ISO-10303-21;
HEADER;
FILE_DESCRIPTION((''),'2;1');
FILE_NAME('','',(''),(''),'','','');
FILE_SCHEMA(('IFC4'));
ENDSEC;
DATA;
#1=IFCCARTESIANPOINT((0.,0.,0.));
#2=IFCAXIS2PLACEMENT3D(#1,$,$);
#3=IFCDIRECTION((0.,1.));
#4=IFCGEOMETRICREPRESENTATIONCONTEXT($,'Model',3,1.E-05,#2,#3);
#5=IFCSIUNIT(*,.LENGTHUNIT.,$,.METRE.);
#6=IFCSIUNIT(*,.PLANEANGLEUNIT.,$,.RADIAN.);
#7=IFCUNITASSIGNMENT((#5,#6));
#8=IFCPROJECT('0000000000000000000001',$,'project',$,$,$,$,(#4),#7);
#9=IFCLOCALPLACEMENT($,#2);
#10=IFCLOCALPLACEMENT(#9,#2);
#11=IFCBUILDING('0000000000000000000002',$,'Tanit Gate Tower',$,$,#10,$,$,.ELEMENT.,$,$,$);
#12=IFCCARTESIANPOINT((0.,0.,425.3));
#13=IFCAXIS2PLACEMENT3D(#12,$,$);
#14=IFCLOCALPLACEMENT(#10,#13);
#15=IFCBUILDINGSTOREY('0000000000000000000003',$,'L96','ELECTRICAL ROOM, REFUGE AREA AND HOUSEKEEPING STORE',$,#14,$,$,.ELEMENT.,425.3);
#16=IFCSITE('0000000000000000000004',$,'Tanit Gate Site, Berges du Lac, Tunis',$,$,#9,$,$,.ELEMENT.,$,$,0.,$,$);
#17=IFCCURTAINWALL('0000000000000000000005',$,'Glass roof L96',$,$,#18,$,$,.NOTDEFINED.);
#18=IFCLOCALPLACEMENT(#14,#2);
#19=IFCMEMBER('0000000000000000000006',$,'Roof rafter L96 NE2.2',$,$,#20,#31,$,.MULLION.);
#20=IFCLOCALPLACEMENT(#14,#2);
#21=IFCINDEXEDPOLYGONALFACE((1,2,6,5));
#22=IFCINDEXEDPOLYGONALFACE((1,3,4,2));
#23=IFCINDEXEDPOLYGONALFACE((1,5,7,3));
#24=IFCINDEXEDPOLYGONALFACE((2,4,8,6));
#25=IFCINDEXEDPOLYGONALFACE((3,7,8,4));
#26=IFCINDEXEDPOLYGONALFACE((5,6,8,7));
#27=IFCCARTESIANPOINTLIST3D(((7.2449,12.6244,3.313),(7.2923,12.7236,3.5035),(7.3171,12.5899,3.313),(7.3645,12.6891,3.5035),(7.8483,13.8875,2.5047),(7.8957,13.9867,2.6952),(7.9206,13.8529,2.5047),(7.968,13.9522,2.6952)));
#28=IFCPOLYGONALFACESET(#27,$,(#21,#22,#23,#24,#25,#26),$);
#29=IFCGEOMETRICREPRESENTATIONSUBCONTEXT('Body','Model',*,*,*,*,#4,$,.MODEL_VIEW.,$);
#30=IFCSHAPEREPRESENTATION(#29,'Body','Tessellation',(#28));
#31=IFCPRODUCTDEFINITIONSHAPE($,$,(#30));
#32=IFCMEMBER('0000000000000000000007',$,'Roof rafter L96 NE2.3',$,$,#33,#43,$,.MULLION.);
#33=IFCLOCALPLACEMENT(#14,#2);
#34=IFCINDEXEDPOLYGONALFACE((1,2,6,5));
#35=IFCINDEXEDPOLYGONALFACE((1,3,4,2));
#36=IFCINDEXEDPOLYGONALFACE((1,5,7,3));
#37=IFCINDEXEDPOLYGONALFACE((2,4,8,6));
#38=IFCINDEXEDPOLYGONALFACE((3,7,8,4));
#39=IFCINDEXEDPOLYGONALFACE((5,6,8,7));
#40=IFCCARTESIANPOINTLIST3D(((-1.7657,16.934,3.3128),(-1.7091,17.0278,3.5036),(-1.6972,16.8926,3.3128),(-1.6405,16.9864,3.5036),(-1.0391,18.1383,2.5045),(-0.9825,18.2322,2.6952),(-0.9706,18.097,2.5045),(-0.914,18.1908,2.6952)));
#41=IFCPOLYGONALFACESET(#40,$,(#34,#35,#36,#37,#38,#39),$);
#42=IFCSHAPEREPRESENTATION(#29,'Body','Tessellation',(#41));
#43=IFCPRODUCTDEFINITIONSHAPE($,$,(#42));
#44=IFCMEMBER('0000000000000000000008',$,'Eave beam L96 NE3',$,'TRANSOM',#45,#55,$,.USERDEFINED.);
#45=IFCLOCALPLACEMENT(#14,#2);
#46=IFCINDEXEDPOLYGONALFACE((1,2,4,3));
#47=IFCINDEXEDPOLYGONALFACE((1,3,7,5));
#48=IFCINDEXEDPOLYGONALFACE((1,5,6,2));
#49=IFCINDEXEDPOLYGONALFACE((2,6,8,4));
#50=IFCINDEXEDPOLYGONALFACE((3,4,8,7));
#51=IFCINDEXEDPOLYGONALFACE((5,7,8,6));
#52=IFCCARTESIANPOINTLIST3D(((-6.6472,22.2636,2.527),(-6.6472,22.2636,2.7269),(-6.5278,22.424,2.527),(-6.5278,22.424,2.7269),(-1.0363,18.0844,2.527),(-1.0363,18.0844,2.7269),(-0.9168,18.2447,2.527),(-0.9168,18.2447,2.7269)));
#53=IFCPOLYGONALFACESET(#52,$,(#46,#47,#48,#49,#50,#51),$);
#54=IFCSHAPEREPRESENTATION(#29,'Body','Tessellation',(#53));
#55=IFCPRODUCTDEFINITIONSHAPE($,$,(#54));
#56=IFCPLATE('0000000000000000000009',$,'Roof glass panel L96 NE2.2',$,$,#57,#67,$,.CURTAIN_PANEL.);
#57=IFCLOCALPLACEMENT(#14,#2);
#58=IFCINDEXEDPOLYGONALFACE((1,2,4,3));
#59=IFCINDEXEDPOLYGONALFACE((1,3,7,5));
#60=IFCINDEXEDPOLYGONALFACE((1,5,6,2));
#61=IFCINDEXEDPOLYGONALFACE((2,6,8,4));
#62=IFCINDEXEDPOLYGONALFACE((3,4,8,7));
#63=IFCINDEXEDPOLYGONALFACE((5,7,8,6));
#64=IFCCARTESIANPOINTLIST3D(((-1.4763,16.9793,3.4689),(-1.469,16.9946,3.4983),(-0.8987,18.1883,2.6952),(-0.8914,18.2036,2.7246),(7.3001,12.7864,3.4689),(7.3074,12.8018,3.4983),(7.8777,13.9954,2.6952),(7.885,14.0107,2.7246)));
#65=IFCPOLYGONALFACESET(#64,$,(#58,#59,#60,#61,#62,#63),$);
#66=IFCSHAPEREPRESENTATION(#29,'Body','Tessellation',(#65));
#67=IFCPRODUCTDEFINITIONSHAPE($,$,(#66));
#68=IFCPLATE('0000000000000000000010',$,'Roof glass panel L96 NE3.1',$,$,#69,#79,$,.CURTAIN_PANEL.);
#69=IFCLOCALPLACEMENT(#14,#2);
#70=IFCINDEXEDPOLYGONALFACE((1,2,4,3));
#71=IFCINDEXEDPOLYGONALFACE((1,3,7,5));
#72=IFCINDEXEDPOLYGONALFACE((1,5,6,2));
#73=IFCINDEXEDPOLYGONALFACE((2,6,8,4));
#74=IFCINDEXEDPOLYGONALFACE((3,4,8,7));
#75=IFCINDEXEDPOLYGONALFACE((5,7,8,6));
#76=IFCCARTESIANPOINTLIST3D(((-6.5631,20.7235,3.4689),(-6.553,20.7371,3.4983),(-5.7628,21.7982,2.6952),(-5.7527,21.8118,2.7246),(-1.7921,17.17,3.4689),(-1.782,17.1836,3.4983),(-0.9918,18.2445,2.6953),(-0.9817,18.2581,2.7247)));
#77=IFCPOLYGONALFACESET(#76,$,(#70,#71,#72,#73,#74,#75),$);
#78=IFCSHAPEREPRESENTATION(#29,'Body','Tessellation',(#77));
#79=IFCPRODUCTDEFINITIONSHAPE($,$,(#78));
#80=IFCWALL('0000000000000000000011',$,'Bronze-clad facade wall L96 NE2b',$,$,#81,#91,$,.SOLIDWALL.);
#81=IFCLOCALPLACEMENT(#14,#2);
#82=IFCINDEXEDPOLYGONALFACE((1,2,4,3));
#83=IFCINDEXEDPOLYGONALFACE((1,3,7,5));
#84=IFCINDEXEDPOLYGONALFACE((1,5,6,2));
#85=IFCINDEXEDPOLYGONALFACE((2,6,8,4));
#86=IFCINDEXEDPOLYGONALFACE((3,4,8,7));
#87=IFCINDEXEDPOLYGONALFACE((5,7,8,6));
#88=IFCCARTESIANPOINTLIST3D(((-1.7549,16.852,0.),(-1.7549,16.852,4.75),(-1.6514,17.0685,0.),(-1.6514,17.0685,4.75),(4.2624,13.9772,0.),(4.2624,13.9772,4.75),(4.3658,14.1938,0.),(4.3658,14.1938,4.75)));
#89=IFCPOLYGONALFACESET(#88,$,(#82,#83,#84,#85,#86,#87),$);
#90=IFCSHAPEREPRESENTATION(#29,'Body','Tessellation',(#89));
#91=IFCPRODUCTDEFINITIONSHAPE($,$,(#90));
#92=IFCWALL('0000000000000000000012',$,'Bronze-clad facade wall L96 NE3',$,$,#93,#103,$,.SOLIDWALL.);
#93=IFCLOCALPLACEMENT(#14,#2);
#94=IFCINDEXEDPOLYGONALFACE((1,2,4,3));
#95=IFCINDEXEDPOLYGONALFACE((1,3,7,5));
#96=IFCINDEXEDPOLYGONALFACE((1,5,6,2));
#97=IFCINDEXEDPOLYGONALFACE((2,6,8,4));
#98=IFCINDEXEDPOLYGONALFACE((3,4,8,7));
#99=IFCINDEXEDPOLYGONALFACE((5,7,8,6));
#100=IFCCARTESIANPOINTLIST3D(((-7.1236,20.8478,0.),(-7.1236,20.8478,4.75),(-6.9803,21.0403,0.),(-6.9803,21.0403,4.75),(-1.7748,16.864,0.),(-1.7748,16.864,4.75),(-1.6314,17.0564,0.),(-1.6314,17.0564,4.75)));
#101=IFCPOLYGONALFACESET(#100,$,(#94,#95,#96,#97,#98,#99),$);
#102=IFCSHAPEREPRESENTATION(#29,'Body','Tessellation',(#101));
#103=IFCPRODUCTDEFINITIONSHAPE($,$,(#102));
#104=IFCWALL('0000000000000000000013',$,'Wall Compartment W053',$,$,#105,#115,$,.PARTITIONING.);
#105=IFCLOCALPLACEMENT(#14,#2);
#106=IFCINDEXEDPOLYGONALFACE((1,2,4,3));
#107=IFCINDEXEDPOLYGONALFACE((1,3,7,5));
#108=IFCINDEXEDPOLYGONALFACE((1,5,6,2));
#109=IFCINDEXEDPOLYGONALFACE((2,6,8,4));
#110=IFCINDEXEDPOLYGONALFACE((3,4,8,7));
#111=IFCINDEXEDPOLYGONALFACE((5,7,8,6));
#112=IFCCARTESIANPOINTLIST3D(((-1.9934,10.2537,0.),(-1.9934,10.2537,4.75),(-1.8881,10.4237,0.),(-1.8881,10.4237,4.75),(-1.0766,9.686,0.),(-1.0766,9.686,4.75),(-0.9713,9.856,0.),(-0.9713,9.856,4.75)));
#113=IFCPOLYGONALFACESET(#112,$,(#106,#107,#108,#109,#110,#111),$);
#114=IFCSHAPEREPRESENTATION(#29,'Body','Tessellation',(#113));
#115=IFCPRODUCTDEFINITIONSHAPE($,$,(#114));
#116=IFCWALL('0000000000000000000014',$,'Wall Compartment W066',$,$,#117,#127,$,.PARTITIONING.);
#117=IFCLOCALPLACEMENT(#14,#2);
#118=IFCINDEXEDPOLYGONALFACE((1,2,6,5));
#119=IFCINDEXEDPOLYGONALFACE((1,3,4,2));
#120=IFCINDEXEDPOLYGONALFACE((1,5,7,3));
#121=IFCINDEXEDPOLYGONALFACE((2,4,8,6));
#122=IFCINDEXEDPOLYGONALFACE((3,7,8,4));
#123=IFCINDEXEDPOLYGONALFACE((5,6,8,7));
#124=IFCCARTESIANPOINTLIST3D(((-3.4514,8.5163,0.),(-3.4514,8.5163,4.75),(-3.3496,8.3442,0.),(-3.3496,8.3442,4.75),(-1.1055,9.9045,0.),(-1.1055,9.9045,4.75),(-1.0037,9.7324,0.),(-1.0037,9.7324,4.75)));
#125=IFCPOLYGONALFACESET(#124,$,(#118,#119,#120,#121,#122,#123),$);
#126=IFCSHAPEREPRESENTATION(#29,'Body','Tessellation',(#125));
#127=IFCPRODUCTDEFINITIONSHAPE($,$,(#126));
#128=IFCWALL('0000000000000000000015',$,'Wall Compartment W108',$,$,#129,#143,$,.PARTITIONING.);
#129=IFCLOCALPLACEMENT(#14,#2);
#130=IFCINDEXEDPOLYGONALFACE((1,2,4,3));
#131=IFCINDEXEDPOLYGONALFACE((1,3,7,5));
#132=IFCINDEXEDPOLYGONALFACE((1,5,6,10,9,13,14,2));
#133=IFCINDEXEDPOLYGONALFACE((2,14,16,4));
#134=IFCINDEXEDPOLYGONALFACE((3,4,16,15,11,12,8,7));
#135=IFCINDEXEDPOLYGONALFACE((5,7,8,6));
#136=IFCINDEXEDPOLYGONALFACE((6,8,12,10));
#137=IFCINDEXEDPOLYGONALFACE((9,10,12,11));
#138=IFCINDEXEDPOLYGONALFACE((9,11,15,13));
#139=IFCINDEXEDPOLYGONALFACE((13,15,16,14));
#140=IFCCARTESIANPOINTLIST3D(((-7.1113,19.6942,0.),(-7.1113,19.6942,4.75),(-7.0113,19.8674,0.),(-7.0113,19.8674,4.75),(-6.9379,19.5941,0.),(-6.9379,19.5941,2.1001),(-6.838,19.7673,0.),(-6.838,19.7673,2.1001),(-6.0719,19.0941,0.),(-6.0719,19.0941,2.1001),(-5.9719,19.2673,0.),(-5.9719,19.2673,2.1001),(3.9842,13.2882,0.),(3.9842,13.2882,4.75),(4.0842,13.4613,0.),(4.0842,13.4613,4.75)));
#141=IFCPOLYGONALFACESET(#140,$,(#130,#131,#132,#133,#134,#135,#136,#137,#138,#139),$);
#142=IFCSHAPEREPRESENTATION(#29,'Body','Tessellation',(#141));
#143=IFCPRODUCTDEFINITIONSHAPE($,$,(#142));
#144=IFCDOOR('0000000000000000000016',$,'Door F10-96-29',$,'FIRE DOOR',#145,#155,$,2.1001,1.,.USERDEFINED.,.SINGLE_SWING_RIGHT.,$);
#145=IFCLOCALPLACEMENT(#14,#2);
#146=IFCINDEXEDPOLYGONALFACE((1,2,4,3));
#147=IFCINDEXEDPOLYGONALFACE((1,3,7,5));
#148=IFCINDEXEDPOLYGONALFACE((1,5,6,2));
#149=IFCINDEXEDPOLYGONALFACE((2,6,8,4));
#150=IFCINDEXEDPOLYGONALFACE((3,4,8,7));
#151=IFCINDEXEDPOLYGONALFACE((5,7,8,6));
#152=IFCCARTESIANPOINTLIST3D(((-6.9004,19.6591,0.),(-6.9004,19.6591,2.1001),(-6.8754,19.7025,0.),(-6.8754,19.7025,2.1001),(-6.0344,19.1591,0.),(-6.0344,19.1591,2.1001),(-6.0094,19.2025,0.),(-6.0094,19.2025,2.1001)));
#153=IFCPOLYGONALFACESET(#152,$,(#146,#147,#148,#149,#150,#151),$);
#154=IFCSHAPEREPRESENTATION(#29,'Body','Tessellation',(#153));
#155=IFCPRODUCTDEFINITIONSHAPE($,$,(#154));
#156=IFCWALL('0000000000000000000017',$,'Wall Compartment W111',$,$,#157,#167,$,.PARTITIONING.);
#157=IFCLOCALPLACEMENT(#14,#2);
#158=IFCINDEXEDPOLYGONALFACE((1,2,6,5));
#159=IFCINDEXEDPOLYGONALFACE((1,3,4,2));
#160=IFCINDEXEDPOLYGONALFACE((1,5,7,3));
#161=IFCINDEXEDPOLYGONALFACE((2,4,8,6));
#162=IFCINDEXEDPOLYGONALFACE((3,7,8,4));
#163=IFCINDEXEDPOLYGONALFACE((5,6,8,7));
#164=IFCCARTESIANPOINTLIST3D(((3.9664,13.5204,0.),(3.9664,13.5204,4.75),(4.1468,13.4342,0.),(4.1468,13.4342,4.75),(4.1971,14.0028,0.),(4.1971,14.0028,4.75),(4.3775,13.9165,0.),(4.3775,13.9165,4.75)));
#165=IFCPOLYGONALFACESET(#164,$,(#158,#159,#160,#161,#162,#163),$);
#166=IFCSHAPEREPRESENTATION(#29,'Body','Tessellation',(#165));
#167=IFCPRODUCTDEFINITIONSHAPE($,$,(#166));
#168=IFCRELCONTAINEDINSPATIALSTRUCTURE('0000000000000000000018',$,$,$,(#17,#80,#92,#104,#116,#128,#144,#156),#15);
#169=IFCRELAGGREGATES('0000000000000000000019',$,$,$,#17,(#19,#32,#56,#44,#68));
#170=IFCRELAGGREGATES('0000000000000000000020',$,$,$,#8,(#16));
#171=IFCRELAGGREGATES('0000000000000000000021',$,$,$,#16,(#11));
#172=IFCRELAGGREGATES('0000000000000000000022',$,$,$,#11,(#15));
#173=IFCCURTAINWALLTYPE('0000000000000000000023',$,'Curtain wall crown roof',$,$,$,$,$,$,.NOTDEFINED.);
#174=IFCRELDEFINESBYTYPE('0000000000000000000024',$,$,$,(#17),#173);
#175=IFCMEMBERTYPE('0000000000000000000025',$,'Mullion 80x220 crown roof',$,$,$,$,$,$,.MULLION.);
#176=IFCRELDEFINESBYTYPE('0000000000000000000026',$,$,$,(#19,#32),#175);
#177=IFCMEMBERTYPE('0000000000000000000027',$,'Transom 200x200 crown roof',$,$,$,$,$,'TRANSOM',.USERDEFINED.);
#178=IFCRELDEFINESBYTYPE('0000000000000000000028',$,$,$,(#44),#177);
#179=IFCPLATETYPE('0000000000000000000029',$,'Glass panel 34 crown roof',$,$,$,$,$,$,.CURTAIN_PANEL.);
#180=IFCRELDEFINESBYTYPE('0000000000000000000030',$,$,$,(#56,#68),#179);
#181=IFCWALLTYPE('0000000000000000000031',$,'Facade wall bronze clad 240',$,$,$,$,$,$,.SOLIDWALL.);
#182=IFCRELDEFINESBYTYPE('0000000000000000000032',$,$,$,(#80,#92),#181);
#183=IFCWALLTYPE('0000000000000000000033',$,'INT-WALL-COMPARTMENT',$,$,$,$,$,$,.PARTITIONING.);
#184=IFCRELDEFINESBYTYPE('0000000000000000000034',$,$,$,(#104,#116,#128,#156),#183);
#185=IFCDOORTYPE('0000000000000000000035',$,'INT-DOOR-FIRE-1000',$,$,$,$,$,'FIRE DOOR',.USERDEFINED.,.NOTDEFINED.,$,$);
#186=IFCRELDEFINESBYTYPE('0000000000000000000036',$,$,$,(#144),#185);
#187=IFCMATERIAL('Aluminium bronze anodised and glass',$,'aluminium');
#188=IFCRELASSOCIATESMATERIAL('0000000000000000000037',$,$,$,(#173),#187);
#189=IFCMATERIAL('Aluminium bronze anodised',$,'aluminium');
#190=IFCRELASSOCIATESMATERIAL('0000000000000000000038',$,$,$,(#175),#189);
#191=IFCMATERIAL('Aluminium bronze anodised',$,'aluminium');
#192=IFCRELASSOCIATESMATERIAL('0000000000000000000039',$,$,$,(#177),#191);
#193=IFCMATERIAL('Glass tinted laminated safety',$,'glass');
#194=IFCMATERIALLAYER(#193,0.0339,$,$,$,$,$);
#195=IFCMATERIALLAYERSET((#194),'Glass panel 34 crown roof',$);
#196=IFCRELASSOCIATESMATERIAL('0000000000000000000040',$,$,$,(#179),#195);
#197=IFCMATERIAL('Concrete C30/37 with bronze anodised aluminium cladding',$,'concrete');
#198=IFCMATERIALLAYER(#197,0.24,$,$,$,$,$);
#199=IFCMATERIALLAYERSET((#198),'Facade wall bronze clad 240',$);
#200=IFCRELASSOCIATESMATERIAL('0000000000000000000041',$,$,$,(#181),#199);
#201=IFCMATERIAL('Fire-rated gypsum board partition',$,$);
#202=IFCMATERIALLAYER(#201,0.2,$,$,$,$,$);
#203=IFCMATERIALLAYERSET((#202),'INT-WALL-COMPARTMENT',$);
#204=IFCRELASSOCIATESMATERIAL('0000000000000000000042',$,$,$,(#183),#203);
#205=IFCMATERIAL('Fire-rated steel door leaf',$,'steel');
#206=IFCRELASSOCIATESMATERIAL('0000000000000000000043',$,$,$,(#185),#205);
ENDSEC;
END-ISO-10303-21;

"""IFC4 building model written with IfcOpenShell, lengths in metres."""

from ifc_helpers import new_model, si_unit, direction, frame, frame_2d, origin, origin_2d, place, context, subcontext, project, spatial, polyline, rectangle, outline, extrude, material, layer, layer_set, material_profile, profile_set, type_object, element, fill, aggregate, save


model = new_model("IFC4")

# Units and contexts
model_context = context("Model", 3, precision=1e-05, world=origin(), true_north=direction((0.0, 1.0)))
body_context = subcontext(model_context, "Body", "Model", "MODEL_VIEW")
ifc_project = project(units=[si_unit("LENGTHUNIT", "METRE"), si_unit("PLANEANGLEUNIT", "RADIAN")], contexts=[model_context])

# Site, building, storey
site_placement = place(None, origin())
site = spatial("IfcSite", under=ifc_project, at=site_placement, Name="Tanit Gate Site, Berges du Lac, Tunis", CompositionType="ELEMENT", RefElevation=0.0)
building_placement = place(site_placement, origin())
building = spatial("IfcBuilding", under=site, at=building_placement, Name="Tanit Gate Tower", CompositionType="ELEMENT")
storey_placement = place(building_placement, frame((0.0, 0.0, 425.3)))
storey = spatial("IfcBuildingStorey", under=building, at=storey_placement, Name="L96", Description="ELECTRICAL ROOM, REFUGE AREA AND HOUSEKEEPING STORE", CompositionType="ELEMENT", Elevation=425.3)

# Curtain wall, members, plates
ifc_material_1 = material(Name="Aluminium bronze anodised and glass", Category="aluminium")
curtain_wall_type = type_object("IfcCurtainWallType", Name="Curtain wall crown roof", PredefinedType="NOTDEFINED", material=ifc_material_1)
curtain_wall_placement = place(storey_placement, origin())
curtain_wall = element("IfcCurtainWall", 1, at=curtain_wall_placement, inside=storey, type_object=curtain_wall_type, Name="Glass roof L96", PredefinedType="NOTDEFINED")
ifc_material_2 = material(Name="Aluminium bronze anodised", Category="aluminium")
ifc_material_profile_1 = material_profile(ifc_material_2, rectangle(XDim=0.0801, YDim=0.22, at=origin_2d()), Name="80x220 bronze rafter")
ifc_profile_set_1 = profile_set([ifc_material_profile_1], Name="Aluminium bronze anodised")
member_type_1 = type_object("IfcMemberType", Name="Mullion 80x220 crown roof", PredefinedType="MULLION", material=ifc_profile_set_1)
member_1_placement = place(storey_placement, frame((7.3047, 12.6567, 3.4082), z_axis=(0.373331, 0.781398, -0.500041), x_axis=(-0.902305, 0.431098, 0.0)))
member_1 = element("IfcMember", 2, at=member_1_placement, type_object=member_type_1, Name="Roof rafter L96 NE2.2", PredefinedType="MULLION", context=body_context, shape_type="SweptSolid", body=[
    extrude(rectangle(XDim=0.0801, YDim=0.22, at=origin_2d()), origin(), (0.0, 0.0, 1.0), 1.6165),
])
member_2_placement = place(storey_placement, frame((-1.7031, 16.9602, 3.4082), z_axis=(0.447867, 0.742382, -0.498282), x_axis=(-0.85625, 0.516562, 0.0)))
member_2 = element("IfcMember", 3, at=member_2_placement, type_object=member_type_1, Name="Roof rafter L96 NE2.3", PredefinedType="MULLION", context=body_context, shape_type="SweptSolid", body=[
    extrude(rectangle(XDim=0.0801, YDim=0.22, at=origin_2d()), origin(), (0.0, 0.0, 1.0), 1.6223),
])
ifc_material_3 = material(Name="Aluminium bronze anodised", Category="aluminium")
ifc_material_profile_2 = material_profile(ifc_material_3, rectangle(XDim=0.2, YDim=0.2, at=origin_2d()), Name="200x200 bronze transom")
ifc_profile_set_2 = profile_set([ifc_material_profile_2], Name="Aluminium bronze anodised")
member_type_2 = type_object("IfcMemberType", Name="Transom 200x200 crown roof", ElementType="TRANSOM", PredefinedType="USERDEFINED", material=ifc_profile_set_2)
member_3_placement = place(storey_placement, frame((-0.9766, 18.1646, 2.627), z_axis=(-0.801981, 0.59735, 0.0), x_axis=(-0.59735, -0.801981, 0.0)))
member_3 = element("IfcMember", 4, at=member_3_placement, type_object=member_type_2, Name="Eave beam L96 NE3", ObjectType="TRANSOM", PredefinedType="USERDEFINED", context=body_context, shape_type="SweptSolid", body=[
    extrude(rectangle(XDim=0.2, YDim=0.2, at=origin_2d()), origin(), (0.0, 0.0, 1.0), 6.9963),
])
ifc_material_4 = material(Name="Glass tinted laminated safety", Category="glass")
ifc_layer_1 = layer(ifc_material_4, 0.0339)
ifc_layer_set_1 = layer_set([ifc_layer_1], Name="Glass panel 34 crown roof")
plate_type = type_object("IfcPlateType", Name="Glass panel 34 crown roof", PredefinedType="CURTAIN_PANEL", material=ifc_layer_set_1)
plate_1_placement = place(storey_placement, frame((7.3074, 12.8018, 3.4983), z_axis=(0.215558, 0.451199, 0.865999), x_axis=(-0.902315, 0.431077, 0.0)))
plate_1 = element("IfcPlate", 5, at=plate_1_placement, type_object=plate_type, Name="Roof glass panel L96 NE2.2", PredefinedType="CURTAIN_PANEL", context=body_context, shape_type="SweptSolid", body=[
    extrude(outline(polyline([(0.0, 0.0), (9.7265, 0.0), (9.7265, -1.5472), (0.0, -1.5472), (0.0, 0.0)])), origin(), (0.0, 0.0, -1.0), 0.0339),
])
plate_2_placement = place(storey_placement, frame((-1.782, 17.1836, 3.4983), z_axis=(0.298706, 0.401038, 0.865992), x_axis=(-0.801993, 0.597334, 0.000007)))
plate_2 = element("IfcPlate", 6, at=plate_2_placement, type_object=plate_type, Name="Roof glass panel L96 NE3.1", PredefinedType="CURTAIN_PANEL", context=body_context, shape_type="SweptSolid", body=[
    extrude(outline(polyline([(0.0, 0.0), (5.9489, 0.0), (5.949, -1.5473), (0.0, -1.5471), (0.0, 0.0)])), origin(), (0.0, 0.0, -1.0), 0.0339),
])
aggregate(curtain_wall, [member_1, member_2, plate_1, member_3, plate_2])

# Walls
ifc_material_5 = material(Name="Concrete C30/37 with bronze anodised aluminium cladding", Category="concrete")
ifc_layer_2 = layer(ifc_material_5, 0.24)
ifc_layer_set_2 = layer_set([ifc_layer_2], Name="Facade wall bronze clad 240")
wall_type_1 = type_object("IfcWallType", Name="Facade wall bronze clad 240", PredefinedType="SOLIDWALL", material=ifc_layer_set_2)
wall_1_placement = place(storey_placement, frame((4.3142, 14.0854, 0.0), z_axis=(0.0, 0.0, 1.0), x_axis=(-0.902315, 0.431077, 0.0)))
element("IfcWall", 7, at=wall_1_placement, inside=storey, type_object=wall_type_1, Name="Bronze-clad facade wall L96 NE2b", PredefinedType="SOLIDWALL", context=body_context, shape_type="SweptSolid", body=[
    extrude(rectangle(XDim=6.6687, YDim=0.24, at=frame_2d((3.3345, 0.0))), origin(), (0.0, 0.0, 1.0), 4.75),
])
wall_2_placement = place(storey_placement, frame((-1.7031, 16.9602, 0.0), z_axis=(0.0, 0.0, 1.0), x_axis=(-0.801994, 0.597332, 0.0)))
element("IfcWall", 8, at=wall_2_placement, inside=storey, type_object=wall_type_1, Name="Bronze-clad facade wall L96 NE3", PredefinedType="SOLIDWALL", context=body_context, shape_type="SweptSolid", body=[
    extrude(rectangle(XDim=6.6694, YDim=0.24, at=frame_2d((3.3347, 0.0))), origin(), (0.0, 0.0, 1.0), 4.75),
])
ifc_material_6 = material(Name="Fire-rated gypsum board partition")
ifc_layer_3 = layer(ifc_material_6, 0.2)
ifc_layer_set_3 = layer_set([ifc_layer_3], Name="INT-WALL-COMPARTMENT")
wall_type_2 = type_object("IfcWallType", Name="INT-WALL-COMPARTMENT", PredefinedType="PARTITIONING", material=ifc_layer_set_3)
wall_3_placement = place(storey_placement, frame((-1.9407, 10.3386, 0.0), z_axis=(0.0, 0.0, 1.0), x_axis=(0.850217, -0.526433, 0.0)))
element("IfcWall", 9, at=wall_3_placement, inside=storey, type_object=wall_type_2, Name="Wall Compartment W053", PredefinedType="PARTITIONING", context=body_context, shape_type="SweptSolid", body=[
    extrude(rectangle(XDim=1.0784, YDim=0.2, at=frame_2d((0.5391, 0.0))), origin(), (0.0, 0.0, 1.0), 4.75),
])
wall_4_placement = place(storey_placement, frame((-1.0547, 9.8184, 0.0), z_axis=(0.0, 0.0, 1.0), x_axis=(-0.860614, -0.509257, 0.0)))
element("IfcWall", 10, at=wall_4_placement, inside=storey, type_object=wall_type_2, Name="Wall Compartment W066", PredefinedType="PARTITIONING", context=body_context, shape_type="SweptSolid", body=[
    extrude(rectangle(XDim=2.7258, YDim=0.2, at=frame_2d((1.3628, 0.0))), origin(), (0.0, 0.0, 1.0), 4.75),
])

# Wall, opening, door
wall_5_placement = place(storey_placement, frame((4.0342, 13.3748, 0.0), z_axis=(0.0, 0.0, 1.0), x_axis=(-0.866024, 0.500002, 0.0)))
wall_5 = element("IfcWall", 11, at=wall_5_placement, inside=storey, type_object=wall_type_2, Name="Wall Compartment W108", PredefinedType="PARTITIONING", context=body_context, shape_type="SweptSolid", body=[
    extrude(rectangle(XDim=12.812, YDim=0.2, at=frame_2d((6.406, 0.0))), origin(), (0.0, 0.0, 1.0), 4.75),
])
opening_1_placement = place(wall_5_placement, frame((11.6118, 0.0, 0.0)))
opening_1 = element("IfcOpeningElement", 12, at=opening_1_placement, cuts=wall_5, PredefinedType="OPENING", context=body_context, shape_type="SweptSolid", body=[
    extrude(rectangle(XDim=1.0, YDim=2.1001, at=frame_2d((0.5, 1.05))), frame((0.0, 0.1099, 0.0), z_axis=(0.0, -1.0, 0.0), x_axis=(1.0, 0.0, 0.0)), (0.0, 0.0, 1.0), 0.22),
])
ifc_material_7 = material(Name="Fire-rated steel door leaf", Category="steel")
door_type_1 = type_object("IfcDoorType", Name="INT-DOOR-FIRE-1000", ElementType="FIRE DOOR", OperationType="NOTDEFINED", PredefinedType="USERDEFINED", material=ifc_material_7)
door_1_placement = place(opening_1_placement, origin())
door_1 = element("IfcDoor", 13, at=door_1_placement, inside=storey, type_object=door_type_1, Name="Door F10-96-29", ObjectType="FIRE DOOR", OperationType="SINGLE_SWING_RIGHT", OverallHeight=2.1001, OverallWidth=1.0, PredefinedType="USERDEFINED", context=body_context, shape_type="SweptSolid", body=[
    extrude(rectangle(XDim=1.0, YDim=2.1001, at=frame_2d((0.5, 1.05))), frame((0.0, 0.0249, 0.0), z_axis=(0.0, -1.0, 0.0), x_axis=(1.0, 0.0, 0.0)), (0.0, 0.0, 1.0), 0.05),
])
fill(opening_1, door_1)

# Wall
wall_6_placement = place(storey_placement, frame((4.0566, 13.4773, 0.0), z_axis=(0.0, 0.0, 1.0), x_axis=(0.431439, 0.902142, 0.0)))
element("IfcWall", 14, at=wall_6_placement, inside=storey, type_object=wall_type_2, Name="Wall Compartment W111", PredefinedType="PARTITIONING", context=body_context, shape_type="SweptSolid", body=[
    extrude(rectangle(XDim=0.5347, YDim=0.2, at=frame_2d((0.2673, 0.0))), origin(), (0.0, 0.0, 1.0), 4.75),
])

save(model, "model.ifc")
